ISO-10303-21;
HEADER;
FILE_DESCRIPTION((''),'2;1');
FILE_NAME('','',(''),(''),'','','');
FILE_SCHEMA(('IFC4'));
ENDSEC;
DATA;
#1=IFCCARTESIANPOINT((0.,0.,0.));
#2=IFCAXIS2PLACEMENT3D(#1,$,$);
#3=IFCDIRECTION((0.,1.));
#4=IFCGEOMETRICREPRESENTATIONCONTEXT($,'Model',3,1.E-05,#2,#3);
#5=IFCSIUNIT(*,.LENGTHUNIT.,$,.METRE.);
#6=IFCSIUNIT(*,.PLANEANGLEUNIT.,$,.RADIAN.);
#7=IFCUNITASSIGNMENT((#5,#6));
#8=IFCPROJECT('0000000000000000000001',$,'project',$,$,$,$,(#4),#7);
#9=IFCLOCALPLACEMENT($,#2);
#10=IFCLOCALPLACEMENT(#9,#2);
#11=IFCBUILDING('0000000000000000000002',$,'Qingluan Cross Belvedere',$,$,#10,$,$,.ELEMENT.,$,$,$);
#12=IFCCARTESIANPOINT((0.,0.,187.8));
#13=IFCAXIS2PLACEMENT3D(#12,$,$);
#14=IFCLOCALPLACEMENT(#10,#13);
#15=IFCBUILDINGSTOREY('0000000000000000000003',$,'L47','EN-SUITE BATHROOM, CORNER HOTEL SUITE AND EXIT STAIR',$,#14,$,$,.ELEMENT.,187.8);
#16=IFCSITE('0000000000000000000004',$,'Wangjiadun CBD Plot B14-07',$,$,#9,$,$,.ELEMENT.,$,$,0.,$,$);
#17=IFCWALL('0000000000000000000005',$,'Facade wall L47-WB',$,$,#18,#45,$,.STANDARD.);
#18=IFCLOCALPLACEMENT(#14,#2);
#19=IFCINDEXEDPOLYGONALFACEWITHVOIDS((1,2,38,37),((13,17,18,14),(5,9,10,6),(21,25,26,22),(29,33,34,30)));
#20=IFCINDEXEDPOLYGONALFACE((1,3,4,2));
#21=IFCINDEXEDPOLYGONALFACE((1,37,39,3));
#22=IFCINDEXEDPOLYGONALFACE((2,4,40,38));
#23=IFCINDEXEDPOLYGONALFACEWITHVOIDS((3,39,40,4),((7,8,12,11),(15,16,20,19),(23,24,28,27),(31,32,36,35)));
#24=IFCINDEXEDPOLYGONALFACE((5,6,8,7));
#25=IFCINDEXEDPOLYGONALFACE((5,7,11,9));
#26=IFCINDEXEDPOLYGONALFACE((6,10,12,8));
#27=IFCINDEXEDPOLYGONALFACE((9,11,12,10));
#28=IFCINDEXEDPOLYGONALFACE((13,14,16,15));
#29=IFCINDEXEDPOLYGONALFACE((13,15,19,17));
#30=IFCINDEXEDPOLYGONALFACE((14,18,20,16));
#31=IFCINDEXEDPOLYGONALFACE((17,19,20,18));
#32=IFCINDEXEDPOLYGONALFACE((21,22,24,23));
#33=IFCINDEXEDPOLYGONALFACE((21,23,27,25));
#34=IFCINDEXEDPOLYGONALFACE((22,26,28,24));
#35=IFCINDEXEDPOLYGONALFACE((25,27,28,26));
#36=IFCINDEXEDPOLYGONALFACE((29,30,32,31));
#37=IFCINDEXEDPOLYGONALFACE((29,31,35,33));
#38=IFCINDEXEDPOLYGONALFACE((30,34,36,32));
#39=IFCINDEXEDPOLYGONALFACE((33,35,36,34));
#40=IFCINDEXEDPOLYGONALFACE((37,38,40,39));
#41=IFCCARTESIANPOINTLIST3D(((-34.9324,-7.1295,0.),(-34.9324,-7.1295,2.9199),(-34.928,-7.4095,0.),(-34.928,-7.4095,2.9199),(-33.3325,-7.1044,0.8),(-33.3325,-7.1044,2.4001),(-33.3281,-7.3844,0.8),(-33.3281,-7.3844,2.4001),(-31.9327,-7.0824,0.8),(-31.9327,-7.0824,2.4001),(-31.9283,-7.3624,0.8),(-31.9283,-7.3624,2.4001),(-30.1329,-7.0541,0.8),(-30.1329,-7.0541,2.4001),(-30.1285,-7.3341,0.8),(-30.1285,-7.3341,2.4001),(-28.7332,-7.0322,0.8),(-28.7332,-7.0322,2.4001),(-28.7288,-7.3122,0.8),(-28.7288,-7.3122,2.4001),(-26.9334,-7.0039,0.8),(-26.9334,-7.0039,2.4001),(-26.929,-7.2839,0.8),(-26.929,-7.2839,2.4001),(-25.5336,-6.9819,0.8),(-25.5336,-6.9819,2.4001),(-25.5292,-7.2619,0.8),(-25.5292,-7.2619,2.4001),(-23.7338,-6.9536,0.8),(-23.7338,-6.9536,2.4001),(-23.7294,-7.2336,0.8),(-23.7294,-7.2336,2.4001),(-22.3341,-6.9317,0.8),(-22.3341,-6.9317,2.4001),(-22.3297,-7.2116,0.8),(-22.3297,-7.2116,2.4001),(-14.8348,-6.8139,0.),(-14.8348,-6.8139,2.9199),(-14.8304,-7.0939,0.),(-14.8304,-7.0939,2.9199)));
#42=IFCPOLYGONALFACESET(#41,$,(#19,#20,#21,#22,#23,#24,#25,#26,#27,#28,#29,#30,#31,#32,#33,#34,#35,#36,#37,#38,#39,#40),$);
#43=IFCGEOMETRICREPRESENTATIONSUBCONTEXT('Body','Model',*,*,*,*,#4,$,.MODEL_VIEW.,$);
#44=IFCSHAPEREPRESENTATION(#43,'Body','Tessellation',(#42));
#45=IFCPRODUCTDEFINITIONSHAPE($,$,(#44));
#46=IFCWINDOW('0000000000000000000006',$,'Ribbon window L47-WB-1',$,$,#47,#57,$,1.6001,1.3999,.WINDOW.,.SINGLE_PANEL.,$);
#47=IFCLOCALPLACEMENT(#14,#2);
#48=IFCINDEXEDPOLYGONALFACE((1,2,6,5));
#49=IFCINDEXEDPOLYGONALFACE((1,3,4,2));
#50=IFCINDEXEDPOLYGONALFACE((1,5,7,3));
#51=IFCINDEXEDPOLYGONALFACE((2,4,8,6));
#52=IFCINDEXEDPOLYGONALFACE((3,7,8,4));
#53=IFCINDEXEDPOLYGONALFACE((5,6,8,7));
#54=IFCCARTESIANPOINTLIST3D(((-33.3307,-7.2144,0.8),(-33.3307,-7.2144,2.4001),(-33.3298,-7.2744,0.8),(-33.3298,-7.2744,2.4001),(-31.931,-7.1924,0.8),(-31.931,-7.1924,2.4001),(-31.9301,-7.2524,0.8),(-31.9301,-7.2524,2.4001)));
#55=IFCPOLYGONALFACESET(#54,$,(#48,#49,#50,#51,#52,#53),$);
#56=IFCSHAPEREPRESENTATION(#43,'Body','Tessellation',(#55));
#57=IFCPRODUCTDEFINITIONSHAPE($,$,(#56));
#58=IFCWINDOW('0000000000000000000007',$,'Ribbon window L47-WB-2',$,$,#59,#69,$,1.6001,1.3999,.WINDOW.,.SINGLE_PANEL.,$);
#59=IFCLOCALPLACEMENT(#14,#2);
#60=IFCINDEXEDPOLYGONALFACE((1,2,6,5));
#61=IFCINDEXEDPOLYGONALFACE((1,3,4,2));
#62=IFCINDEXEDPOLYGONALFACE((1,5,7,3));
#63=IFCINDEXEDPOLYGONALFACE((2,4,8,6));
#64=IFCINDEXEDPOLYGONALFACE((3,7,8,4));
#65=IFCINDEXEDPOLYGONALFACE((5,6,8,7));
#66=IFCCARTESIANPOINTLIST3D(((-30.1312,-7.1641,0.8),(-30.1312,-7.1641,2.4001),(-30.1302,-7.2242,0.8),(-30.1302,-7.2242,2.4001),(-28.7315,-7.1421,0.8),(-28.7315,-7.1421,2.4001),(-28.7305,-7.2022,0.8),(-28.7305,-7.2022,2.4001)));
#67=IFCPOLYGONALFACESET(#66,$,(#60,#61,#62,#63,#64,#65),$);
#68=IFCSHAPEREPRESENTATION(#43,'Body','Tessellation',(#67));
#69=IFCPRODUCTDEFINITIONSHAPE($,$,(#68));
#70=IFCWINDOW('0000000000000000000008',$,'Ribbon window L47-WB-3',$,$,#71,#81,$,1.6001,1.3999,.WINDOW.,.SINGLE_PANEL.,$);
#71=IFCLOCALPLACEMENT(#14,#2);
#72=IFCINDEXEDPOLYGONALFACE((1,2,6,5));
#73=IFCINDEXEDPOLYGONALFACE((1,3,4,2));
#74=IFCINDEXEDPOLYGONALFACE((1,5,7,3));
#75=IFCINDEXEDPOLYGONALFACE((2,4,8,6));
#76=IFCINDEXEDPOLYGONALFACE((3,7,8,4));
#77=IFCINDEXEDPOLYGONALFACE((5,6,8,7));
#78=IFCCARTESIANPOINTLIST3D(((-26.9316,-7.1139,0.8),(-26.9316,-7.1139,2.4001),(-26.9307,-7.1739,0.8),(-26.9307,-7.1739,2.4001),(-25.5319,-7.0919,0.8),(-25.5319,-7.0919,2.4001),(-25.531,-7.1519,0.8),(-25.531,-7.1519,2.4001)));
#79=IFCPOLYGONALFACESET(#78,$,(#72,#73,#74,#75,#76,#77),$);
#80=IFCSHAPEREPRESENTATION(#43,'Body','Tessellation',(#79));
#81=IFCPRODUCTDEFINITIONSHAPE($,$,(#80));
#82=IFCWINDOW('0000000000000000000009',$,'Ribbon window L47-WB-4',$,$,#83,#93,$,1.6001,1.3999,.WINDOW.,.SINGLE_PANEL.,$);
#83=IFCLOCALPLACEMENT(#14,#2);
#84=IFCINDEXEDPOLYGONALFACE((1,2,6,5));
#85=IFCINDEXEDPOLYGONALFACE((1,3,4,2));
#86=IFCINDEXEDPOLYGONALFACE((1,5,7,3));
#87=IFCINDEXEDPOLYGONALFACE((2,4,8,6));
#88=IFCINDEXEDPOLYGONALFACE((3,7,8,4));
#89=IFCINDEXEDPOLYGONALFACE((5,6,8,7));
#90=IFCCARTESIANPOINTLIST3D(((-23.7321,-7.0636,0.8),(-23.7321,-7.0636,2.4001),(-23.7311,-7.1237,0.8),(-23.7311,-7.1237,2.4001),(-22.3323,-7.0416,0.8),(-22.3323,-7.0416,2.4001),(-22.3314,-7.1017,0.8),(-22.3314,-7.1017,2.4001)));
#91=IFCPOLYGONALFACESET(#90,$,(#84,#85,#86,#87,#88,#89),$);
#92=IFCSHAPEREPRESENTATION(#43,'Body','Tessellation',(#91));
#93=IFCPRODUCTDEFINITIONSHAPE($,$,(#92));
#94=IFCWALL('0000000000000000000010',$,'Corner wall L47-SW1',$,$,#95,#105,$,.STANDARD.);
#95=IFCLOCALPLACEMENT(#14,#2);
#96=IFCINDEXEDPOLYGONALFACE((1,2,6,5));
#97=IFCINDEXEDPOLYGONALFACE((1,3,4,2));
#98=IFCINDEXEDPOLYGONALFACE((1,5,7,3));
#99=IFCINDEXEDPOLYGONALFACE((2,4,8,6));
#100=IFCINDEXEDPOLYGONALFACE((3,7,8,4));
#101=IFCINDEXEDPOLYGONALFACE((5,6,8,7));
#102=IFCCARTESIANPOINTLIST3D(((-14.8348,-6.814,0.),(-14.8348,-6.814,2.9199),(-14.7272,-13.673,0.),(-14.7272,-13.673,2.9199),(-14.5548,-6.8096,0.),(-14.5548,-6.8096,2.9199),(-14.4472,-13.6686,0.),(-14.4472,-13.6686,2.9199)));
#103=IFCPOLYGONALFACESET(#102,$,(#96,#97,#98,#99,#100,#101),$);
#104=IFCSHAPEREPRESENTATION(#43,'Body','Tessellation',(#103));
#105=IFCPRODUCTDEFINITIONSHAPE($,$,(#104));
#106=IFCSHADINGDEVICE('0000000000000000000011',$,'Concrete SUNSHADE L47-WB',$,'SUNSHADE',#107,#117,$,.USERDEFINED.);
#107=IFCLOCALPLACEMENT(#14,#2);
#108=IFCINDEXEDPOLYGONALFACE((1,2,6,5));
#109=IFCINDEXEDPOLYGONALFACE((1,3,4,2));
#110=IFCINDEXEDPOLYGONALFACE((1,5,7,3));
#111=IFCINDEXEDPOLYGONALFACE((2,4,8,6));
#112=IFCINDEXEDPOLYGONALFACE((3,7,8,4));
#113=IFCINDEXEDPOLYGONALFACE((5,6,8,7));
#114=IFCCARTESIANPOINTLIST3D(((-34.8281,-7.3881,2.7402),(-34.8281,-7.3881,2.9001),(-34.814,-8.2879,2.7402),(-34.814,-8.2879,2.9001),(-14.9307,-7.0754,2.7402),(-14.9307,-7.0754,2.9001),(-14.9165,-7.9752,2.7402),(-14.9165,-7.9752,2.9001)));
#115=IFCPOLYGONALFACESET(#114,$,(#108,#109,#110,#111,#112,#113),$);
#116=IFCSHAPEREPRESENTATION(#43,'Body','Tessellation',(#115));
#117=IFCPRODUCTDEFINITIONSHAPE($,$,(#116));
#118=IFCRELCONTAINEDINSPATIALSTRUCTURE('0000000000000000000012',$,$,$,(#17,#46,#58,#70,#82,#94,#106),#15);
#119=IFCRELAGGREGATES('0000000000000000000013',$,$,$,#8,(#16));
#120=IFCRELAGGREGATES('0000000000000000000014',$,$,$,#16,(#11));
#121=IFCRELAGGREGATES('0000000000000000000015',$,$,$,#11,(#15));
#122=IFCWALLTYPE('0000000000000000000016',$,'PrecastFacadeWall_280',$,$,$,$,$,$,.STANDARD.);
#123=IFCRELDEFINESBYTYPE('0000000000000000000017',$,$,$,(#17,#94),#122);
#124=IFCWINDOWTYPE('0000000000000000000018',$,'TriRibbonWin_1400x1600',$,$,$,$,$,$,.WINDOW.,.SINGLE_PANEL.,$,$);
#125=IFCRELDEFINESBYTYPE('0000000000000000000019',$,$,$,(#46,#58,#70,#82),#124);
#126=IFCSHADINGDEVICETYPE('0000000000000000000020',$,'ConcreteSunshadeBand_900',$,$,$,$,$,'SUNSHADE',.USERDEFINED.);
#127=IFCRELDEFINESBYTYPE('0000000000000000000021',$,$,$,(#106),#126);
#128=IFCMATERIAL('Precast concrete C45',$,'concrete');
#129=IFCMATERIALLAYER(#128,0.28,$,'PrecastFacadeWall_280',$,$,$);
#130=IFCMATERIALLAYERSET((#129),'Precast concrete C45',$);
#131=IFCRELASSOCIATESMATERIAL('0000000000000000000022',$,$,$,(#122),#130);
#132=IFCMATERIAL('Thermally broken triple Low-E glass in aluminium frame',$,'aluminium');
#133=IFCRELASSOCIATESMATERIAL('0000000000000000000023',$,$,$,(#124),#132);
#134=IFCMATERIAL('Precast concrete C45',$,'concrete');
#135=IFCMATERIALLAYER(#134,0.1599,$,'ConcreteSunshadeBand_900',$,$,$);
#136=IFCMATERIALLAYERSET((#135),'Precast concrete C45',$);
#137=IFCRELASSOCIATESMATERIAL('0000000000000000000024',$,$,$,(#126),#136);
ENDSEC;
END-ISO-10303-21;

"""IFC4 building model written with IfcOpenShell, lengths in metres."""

from ifc_helpers import new_model, si_unit, direction, frame, frame_2d, origin, origin_2d, place, context, subcontext, project, spatial, rectangle, extrude, material, layer, layer_set, type_object, element, fill, save


model = new_model("IFC4")

# Units and contexts
model_context = context("Model", 3, precision=1e-05, world=origin(), true_north=direction((0.0, 1.0)))
body_context = subcontext(model_context, "Body", "Model", "MODEL_VIEW")
ifc_project = project(units=[si_unit("LENGTHUNIT", "METRE"), si_unit("PLANEANGLEUNIT", "RADIAN")], contexts=[model_context])

# Site, building, storey
site_placement = place(None, origin())
site = spatial("IfcSite", under=ifc_project, at=site_placement, Name="Wangjiadun CBD Plot B14-07", CompositionType="ELEMENT", RefElevation=0.0)
building_placement = place(site_placement, origin())
building = spatial("IfcBuilding", under=site, at=building_placement, Name="Qingluan Cross Belvedere", CompositionType="ELEMENT")
storey_placement = place(building_placement, frame((0.0, 0.0, 187.8)))
storey = spatial("IfcBuildingStorey", under=building, at=storey_placement, Name="L47", Description="EN-SUITE BATHROOM, CORNER HOTEL SUITE AND EXIT STAIR", CompositionType="ELEMENT", Elevation=187.8)

# Wall, openings, windows
ifc_material_1 = material(Name="Precast concrete C45", Category="concrete")
ifc_layer_1 = layer(ifc_material_1, 0.28, Name="PrecastFacadeWall_280")
ifc_layer_set_1 = layer_set([ifc_layer_1], Name="Precast concrete C45")
wall_type_1 = type_object("IfcWallType", Name="PrecastFacadeWall_280", PredefinedType="STANDARD", material=ifc_layer_set_1)
wall_1_placement = place(storey_placement, frame((-34.9302, -7.2695, 0.0), z_axis=(0.0, 0.0, 1.0), x_axis=(0.999877, 0.015705, 0.0)))
wall_1 = element("IfcWall", 1, at=wall_1_placement, inside=storey, type_object=wall_type_1, Name="Facade wall L47-WB", PredefinedType="STANDARD", context=body_context, shape_type="SweptSolid", body=[
    extrude(rectangle(XDim=20.1001, YDim=0.28, at=frame_2d((10.05, 0.0))), origin(), (0.0, 0.0, 1.0), 2.9199),
])
opening_1_placement = place(wall_1_placement, frame((1.6001, 0.0, 0.8)))
opening_1 = element("IfcOpeningElement", 2, at=opening_1_placement, cuts=wall_1, PredefinedType="OPENING", context=body_context, shape_type="SweptSolid", body=[
    extrude(rectangle(XDim=1.3999, YDim=1.6001, at=frame_2d((0.7, 0.8))), frame((0.0, 0.1499, 0.0), z_axis=(0.0, -1.0, 0.0), x_axis=(1.0, 0.0, 0.0)), (0.0, 0.0, 1.0), 0.3),
])
opening_2_placement = place(wall_1_placement, frame((4.8, 0.0, 0.8)))
opening_2 = element("IfcOpeningElement", 3, at=opening_2_placement, cuts=wall_1, PredefinedType="OPENING", context=body_context, shape_type="SweptSolid", body=[
    extrude(rectangle(XDim=1.3999, YDim=1.6001, at=frame_2d((0.7, 0.8))), frame((0.0, 0.1499, 0.0), z_axis=(0.0, -1.0, 0.0), x_axis=(1.0, 0.0, 0.0)), (0.0, 0.0, 1.0), 0.3),
])
opening_3_placement = place(wall_1_placement, frame((8.0, 0.0, 0.8)))
opening_3 = element("IfcOpeningElement", 4, at=opening_3_placement, cuts=wall_1, PredefinedType="OPENING", context=body_context, shape_type="SweptSolid", body=[
    extrude(rectangle(XDim=1.3999, YDim=1.6001, at=frame_2d((0.7, 0.8))), frame((0.0, 0.1499, 0.0), z_axis=(0.0, -1.0, 0.0), x_axis=(1.0, 0.0, 0.0)), (0.0, 0.0, 1.0), 0.3),
])
opening_4_placement = place(wall_1_placement, frame((11.2, 0.0, 0.8)))
opening_4 = element("IfcOpeningElement", 5, at=opening_4_placement, cuts=wall_1, PredefinedType="OPENING", context=body_context, shape_type="SweptSolid", body=[
    extrude(rectangle(XDim=1.3999, YDim=1.6001, at=frame_2d((0.7, 0.8))), frame((0.0, 0.1499, 0.0), z_axis=(0.0, -1.0, 0.0), x_axis=(1.0, 0.0, 0.0)), (0.0, 0.0, 1.0), 0.3),
])
ifc_material_2 = material(Name="Thermally broken triple Low-E glass in aluminium frame", Category="aluminium")
window_type = type_object("IfcWindowType", Name="TriRibbonWin_1400x1600", PartitioningType="SINGLE_PANEL", PredefinedType="WINDOW", material=ifc_material_2)
window_1_placement = place(opening_1_placement, origin())
window_1 = element("IfcWindow", 6, at=window_1_placement, inside=storey, type_object=window_type, Name="Ribbon window L47-WB-1", OverallHeight=1.6001, OverallWidth=1.3999, PartitioningType="SINGLE_PANEL", PredefinedType="WINDOW", context=body_context, shape_type="SweptSolid", body=[
    extrude(rectangle(XDim=1.3999, YDim=1.6001, at=frame_2d((0.7, 0.8))), frame((0.0, 0.03, 0.0), z_axis=(0.0, -1.0, 0.0), x_axis=(1.0, 0.0, 0.0)), (0.0, 0.0, 1.0), 0.0601),
])
fill(opening_1, window_1)
window_2_placement = place(opening_2_placement, origin())
window_2 = element("IfcWindow", 7, at=window_2_placement, inside=storey, type_object=window_type, Name="Ribbon window L47-WB-2", OverallHeight=1.6001, OverallWidth=1.3999, PartitioningType="SINGLE_PANEL", PredefinedType="WINDOW", context=body_context, shape_type="SweptSolid", body=[
    extrude(rectangle(XDim=1.3999, YDim=1.6001, at=frame_2d((0.7, 0.8))), frame((0.0, 0.03, 0.0), z_axis=(0.0, -1.0, 0.0), x_axis=(1.0, 0.0, 0.0)), (0.0, 0.0, 1.0), 0.0601),
])
fill(opening_2, window_2)
window_3_placement = place(opening_3_placement, origin())
window_3 = element("IfcWindow", 8, at=window_3_placement, inside=storey, type_object=window_type, Name="Ribbon window L47-WB-3", OverallHeight=1.6001, OverallWidth=1.3999, PartitioningType="SINGLE_PANEL", PredefinedType="WINDOW", context=body_context, shape_type="SweptSolid", body=[
    extrude(rectangle(XDim=1.3999, YDim=1.6001, at=frame_2d((0.7, 0.8))), frame((0.0, 0.03, 0.0), z_axis=(0.0, -1.0, 0.0), x_axis=(1.0, 0.0, 0.0)), (0.0, 0.0, 1.0), 0.0601),
])
fill(opening_3, window_3)
window_4_placement = place(opening_4_placement, origin())
window_4 = element("IfcWindow", 9, at=window_4_placement, inside=storey, type_object=window_type, Name="Ribbon window L47-WB-4", OverallHeight=1.6001, OverallWidth=1.3999, PartitioningType="SINGLE_PANEL", PredefinedType="WINDOW", context=body_context, shape_type="SweptSolid", body=[
    extrude(rectangle(XDim=1.3999, YDim=1.6001, at=frame_2d((0.7, 0.8))), frame((0.0, 0.03, 0.0), z_axis=(0.0, -1.0, 0.0), x_axis=(1.0, 0.0, 0.0)), (0.0, 0.0, 1.0), 0.0601),
])
fill(opening_4, window_4)

# Wall
wall_2_placement = place(storey_placement, frame((-14.6948, -6.8118, 0.0), z_axis=(0.0, 0.0, 1.0), x_axis=(0.015695, -0.999877, 0.0)))
element("IfcWall", 10, at=wall_2_placement, inside=storey, type_object=wall_type_1, Name="Corner wall L47-SW1", PredefinedType="STANDARD", context=body_context, shape_type="SweptSolid", body=[
    extrude(rectangle(XDim=6.8599, YDim=0.28, at=frame_2d((3.4299, 0.0))), origin(), (0.0, 0.0, 1.0), 2.9199),
])

# Shading device
ifc_material_3 = material(Name="Precast concrete C45", Category="concrete")
ifc_layer_2 = layer(ifc_material_3, 0.1599, Name="ConcreteSunshadeBand_900")
ifc_layer_set_2 = layer_set([ifc_layer_2], Name="Precast concrete C45")
shading_device_type = type_object("IfcShadingDeviceType", Name="ConcreteSunshadeBand_900", ElementType="SUNSHADE", PredefinedType="USERDEFINED", material=ifc_layer_set_2)
shading_device_placement = place(storey_placement, frame((-24.8723, -7.6816, 2.7402), z_axis=(0.0, 0.0, 1.0), x_axis=(0.999877, 0.015711, 0.0)))
element("IfcShadingDevice", 11, at=shading_device_placement, inside=storey, type_object=shading_device_type, Name="Concrete SUNSHADE L47-WB", ObjectType="SUNSHADE", PredefinedType="USERDEFINED", context=body_context, shape_type="SweptSolid", body=[
    extrude(rectangle(XDim=19.8999, YDim=0.8999, at=origin_2d()), origin(), (0.0, 0.0, 1.0), 0.1599),
])

save(model, "model.ifc")
